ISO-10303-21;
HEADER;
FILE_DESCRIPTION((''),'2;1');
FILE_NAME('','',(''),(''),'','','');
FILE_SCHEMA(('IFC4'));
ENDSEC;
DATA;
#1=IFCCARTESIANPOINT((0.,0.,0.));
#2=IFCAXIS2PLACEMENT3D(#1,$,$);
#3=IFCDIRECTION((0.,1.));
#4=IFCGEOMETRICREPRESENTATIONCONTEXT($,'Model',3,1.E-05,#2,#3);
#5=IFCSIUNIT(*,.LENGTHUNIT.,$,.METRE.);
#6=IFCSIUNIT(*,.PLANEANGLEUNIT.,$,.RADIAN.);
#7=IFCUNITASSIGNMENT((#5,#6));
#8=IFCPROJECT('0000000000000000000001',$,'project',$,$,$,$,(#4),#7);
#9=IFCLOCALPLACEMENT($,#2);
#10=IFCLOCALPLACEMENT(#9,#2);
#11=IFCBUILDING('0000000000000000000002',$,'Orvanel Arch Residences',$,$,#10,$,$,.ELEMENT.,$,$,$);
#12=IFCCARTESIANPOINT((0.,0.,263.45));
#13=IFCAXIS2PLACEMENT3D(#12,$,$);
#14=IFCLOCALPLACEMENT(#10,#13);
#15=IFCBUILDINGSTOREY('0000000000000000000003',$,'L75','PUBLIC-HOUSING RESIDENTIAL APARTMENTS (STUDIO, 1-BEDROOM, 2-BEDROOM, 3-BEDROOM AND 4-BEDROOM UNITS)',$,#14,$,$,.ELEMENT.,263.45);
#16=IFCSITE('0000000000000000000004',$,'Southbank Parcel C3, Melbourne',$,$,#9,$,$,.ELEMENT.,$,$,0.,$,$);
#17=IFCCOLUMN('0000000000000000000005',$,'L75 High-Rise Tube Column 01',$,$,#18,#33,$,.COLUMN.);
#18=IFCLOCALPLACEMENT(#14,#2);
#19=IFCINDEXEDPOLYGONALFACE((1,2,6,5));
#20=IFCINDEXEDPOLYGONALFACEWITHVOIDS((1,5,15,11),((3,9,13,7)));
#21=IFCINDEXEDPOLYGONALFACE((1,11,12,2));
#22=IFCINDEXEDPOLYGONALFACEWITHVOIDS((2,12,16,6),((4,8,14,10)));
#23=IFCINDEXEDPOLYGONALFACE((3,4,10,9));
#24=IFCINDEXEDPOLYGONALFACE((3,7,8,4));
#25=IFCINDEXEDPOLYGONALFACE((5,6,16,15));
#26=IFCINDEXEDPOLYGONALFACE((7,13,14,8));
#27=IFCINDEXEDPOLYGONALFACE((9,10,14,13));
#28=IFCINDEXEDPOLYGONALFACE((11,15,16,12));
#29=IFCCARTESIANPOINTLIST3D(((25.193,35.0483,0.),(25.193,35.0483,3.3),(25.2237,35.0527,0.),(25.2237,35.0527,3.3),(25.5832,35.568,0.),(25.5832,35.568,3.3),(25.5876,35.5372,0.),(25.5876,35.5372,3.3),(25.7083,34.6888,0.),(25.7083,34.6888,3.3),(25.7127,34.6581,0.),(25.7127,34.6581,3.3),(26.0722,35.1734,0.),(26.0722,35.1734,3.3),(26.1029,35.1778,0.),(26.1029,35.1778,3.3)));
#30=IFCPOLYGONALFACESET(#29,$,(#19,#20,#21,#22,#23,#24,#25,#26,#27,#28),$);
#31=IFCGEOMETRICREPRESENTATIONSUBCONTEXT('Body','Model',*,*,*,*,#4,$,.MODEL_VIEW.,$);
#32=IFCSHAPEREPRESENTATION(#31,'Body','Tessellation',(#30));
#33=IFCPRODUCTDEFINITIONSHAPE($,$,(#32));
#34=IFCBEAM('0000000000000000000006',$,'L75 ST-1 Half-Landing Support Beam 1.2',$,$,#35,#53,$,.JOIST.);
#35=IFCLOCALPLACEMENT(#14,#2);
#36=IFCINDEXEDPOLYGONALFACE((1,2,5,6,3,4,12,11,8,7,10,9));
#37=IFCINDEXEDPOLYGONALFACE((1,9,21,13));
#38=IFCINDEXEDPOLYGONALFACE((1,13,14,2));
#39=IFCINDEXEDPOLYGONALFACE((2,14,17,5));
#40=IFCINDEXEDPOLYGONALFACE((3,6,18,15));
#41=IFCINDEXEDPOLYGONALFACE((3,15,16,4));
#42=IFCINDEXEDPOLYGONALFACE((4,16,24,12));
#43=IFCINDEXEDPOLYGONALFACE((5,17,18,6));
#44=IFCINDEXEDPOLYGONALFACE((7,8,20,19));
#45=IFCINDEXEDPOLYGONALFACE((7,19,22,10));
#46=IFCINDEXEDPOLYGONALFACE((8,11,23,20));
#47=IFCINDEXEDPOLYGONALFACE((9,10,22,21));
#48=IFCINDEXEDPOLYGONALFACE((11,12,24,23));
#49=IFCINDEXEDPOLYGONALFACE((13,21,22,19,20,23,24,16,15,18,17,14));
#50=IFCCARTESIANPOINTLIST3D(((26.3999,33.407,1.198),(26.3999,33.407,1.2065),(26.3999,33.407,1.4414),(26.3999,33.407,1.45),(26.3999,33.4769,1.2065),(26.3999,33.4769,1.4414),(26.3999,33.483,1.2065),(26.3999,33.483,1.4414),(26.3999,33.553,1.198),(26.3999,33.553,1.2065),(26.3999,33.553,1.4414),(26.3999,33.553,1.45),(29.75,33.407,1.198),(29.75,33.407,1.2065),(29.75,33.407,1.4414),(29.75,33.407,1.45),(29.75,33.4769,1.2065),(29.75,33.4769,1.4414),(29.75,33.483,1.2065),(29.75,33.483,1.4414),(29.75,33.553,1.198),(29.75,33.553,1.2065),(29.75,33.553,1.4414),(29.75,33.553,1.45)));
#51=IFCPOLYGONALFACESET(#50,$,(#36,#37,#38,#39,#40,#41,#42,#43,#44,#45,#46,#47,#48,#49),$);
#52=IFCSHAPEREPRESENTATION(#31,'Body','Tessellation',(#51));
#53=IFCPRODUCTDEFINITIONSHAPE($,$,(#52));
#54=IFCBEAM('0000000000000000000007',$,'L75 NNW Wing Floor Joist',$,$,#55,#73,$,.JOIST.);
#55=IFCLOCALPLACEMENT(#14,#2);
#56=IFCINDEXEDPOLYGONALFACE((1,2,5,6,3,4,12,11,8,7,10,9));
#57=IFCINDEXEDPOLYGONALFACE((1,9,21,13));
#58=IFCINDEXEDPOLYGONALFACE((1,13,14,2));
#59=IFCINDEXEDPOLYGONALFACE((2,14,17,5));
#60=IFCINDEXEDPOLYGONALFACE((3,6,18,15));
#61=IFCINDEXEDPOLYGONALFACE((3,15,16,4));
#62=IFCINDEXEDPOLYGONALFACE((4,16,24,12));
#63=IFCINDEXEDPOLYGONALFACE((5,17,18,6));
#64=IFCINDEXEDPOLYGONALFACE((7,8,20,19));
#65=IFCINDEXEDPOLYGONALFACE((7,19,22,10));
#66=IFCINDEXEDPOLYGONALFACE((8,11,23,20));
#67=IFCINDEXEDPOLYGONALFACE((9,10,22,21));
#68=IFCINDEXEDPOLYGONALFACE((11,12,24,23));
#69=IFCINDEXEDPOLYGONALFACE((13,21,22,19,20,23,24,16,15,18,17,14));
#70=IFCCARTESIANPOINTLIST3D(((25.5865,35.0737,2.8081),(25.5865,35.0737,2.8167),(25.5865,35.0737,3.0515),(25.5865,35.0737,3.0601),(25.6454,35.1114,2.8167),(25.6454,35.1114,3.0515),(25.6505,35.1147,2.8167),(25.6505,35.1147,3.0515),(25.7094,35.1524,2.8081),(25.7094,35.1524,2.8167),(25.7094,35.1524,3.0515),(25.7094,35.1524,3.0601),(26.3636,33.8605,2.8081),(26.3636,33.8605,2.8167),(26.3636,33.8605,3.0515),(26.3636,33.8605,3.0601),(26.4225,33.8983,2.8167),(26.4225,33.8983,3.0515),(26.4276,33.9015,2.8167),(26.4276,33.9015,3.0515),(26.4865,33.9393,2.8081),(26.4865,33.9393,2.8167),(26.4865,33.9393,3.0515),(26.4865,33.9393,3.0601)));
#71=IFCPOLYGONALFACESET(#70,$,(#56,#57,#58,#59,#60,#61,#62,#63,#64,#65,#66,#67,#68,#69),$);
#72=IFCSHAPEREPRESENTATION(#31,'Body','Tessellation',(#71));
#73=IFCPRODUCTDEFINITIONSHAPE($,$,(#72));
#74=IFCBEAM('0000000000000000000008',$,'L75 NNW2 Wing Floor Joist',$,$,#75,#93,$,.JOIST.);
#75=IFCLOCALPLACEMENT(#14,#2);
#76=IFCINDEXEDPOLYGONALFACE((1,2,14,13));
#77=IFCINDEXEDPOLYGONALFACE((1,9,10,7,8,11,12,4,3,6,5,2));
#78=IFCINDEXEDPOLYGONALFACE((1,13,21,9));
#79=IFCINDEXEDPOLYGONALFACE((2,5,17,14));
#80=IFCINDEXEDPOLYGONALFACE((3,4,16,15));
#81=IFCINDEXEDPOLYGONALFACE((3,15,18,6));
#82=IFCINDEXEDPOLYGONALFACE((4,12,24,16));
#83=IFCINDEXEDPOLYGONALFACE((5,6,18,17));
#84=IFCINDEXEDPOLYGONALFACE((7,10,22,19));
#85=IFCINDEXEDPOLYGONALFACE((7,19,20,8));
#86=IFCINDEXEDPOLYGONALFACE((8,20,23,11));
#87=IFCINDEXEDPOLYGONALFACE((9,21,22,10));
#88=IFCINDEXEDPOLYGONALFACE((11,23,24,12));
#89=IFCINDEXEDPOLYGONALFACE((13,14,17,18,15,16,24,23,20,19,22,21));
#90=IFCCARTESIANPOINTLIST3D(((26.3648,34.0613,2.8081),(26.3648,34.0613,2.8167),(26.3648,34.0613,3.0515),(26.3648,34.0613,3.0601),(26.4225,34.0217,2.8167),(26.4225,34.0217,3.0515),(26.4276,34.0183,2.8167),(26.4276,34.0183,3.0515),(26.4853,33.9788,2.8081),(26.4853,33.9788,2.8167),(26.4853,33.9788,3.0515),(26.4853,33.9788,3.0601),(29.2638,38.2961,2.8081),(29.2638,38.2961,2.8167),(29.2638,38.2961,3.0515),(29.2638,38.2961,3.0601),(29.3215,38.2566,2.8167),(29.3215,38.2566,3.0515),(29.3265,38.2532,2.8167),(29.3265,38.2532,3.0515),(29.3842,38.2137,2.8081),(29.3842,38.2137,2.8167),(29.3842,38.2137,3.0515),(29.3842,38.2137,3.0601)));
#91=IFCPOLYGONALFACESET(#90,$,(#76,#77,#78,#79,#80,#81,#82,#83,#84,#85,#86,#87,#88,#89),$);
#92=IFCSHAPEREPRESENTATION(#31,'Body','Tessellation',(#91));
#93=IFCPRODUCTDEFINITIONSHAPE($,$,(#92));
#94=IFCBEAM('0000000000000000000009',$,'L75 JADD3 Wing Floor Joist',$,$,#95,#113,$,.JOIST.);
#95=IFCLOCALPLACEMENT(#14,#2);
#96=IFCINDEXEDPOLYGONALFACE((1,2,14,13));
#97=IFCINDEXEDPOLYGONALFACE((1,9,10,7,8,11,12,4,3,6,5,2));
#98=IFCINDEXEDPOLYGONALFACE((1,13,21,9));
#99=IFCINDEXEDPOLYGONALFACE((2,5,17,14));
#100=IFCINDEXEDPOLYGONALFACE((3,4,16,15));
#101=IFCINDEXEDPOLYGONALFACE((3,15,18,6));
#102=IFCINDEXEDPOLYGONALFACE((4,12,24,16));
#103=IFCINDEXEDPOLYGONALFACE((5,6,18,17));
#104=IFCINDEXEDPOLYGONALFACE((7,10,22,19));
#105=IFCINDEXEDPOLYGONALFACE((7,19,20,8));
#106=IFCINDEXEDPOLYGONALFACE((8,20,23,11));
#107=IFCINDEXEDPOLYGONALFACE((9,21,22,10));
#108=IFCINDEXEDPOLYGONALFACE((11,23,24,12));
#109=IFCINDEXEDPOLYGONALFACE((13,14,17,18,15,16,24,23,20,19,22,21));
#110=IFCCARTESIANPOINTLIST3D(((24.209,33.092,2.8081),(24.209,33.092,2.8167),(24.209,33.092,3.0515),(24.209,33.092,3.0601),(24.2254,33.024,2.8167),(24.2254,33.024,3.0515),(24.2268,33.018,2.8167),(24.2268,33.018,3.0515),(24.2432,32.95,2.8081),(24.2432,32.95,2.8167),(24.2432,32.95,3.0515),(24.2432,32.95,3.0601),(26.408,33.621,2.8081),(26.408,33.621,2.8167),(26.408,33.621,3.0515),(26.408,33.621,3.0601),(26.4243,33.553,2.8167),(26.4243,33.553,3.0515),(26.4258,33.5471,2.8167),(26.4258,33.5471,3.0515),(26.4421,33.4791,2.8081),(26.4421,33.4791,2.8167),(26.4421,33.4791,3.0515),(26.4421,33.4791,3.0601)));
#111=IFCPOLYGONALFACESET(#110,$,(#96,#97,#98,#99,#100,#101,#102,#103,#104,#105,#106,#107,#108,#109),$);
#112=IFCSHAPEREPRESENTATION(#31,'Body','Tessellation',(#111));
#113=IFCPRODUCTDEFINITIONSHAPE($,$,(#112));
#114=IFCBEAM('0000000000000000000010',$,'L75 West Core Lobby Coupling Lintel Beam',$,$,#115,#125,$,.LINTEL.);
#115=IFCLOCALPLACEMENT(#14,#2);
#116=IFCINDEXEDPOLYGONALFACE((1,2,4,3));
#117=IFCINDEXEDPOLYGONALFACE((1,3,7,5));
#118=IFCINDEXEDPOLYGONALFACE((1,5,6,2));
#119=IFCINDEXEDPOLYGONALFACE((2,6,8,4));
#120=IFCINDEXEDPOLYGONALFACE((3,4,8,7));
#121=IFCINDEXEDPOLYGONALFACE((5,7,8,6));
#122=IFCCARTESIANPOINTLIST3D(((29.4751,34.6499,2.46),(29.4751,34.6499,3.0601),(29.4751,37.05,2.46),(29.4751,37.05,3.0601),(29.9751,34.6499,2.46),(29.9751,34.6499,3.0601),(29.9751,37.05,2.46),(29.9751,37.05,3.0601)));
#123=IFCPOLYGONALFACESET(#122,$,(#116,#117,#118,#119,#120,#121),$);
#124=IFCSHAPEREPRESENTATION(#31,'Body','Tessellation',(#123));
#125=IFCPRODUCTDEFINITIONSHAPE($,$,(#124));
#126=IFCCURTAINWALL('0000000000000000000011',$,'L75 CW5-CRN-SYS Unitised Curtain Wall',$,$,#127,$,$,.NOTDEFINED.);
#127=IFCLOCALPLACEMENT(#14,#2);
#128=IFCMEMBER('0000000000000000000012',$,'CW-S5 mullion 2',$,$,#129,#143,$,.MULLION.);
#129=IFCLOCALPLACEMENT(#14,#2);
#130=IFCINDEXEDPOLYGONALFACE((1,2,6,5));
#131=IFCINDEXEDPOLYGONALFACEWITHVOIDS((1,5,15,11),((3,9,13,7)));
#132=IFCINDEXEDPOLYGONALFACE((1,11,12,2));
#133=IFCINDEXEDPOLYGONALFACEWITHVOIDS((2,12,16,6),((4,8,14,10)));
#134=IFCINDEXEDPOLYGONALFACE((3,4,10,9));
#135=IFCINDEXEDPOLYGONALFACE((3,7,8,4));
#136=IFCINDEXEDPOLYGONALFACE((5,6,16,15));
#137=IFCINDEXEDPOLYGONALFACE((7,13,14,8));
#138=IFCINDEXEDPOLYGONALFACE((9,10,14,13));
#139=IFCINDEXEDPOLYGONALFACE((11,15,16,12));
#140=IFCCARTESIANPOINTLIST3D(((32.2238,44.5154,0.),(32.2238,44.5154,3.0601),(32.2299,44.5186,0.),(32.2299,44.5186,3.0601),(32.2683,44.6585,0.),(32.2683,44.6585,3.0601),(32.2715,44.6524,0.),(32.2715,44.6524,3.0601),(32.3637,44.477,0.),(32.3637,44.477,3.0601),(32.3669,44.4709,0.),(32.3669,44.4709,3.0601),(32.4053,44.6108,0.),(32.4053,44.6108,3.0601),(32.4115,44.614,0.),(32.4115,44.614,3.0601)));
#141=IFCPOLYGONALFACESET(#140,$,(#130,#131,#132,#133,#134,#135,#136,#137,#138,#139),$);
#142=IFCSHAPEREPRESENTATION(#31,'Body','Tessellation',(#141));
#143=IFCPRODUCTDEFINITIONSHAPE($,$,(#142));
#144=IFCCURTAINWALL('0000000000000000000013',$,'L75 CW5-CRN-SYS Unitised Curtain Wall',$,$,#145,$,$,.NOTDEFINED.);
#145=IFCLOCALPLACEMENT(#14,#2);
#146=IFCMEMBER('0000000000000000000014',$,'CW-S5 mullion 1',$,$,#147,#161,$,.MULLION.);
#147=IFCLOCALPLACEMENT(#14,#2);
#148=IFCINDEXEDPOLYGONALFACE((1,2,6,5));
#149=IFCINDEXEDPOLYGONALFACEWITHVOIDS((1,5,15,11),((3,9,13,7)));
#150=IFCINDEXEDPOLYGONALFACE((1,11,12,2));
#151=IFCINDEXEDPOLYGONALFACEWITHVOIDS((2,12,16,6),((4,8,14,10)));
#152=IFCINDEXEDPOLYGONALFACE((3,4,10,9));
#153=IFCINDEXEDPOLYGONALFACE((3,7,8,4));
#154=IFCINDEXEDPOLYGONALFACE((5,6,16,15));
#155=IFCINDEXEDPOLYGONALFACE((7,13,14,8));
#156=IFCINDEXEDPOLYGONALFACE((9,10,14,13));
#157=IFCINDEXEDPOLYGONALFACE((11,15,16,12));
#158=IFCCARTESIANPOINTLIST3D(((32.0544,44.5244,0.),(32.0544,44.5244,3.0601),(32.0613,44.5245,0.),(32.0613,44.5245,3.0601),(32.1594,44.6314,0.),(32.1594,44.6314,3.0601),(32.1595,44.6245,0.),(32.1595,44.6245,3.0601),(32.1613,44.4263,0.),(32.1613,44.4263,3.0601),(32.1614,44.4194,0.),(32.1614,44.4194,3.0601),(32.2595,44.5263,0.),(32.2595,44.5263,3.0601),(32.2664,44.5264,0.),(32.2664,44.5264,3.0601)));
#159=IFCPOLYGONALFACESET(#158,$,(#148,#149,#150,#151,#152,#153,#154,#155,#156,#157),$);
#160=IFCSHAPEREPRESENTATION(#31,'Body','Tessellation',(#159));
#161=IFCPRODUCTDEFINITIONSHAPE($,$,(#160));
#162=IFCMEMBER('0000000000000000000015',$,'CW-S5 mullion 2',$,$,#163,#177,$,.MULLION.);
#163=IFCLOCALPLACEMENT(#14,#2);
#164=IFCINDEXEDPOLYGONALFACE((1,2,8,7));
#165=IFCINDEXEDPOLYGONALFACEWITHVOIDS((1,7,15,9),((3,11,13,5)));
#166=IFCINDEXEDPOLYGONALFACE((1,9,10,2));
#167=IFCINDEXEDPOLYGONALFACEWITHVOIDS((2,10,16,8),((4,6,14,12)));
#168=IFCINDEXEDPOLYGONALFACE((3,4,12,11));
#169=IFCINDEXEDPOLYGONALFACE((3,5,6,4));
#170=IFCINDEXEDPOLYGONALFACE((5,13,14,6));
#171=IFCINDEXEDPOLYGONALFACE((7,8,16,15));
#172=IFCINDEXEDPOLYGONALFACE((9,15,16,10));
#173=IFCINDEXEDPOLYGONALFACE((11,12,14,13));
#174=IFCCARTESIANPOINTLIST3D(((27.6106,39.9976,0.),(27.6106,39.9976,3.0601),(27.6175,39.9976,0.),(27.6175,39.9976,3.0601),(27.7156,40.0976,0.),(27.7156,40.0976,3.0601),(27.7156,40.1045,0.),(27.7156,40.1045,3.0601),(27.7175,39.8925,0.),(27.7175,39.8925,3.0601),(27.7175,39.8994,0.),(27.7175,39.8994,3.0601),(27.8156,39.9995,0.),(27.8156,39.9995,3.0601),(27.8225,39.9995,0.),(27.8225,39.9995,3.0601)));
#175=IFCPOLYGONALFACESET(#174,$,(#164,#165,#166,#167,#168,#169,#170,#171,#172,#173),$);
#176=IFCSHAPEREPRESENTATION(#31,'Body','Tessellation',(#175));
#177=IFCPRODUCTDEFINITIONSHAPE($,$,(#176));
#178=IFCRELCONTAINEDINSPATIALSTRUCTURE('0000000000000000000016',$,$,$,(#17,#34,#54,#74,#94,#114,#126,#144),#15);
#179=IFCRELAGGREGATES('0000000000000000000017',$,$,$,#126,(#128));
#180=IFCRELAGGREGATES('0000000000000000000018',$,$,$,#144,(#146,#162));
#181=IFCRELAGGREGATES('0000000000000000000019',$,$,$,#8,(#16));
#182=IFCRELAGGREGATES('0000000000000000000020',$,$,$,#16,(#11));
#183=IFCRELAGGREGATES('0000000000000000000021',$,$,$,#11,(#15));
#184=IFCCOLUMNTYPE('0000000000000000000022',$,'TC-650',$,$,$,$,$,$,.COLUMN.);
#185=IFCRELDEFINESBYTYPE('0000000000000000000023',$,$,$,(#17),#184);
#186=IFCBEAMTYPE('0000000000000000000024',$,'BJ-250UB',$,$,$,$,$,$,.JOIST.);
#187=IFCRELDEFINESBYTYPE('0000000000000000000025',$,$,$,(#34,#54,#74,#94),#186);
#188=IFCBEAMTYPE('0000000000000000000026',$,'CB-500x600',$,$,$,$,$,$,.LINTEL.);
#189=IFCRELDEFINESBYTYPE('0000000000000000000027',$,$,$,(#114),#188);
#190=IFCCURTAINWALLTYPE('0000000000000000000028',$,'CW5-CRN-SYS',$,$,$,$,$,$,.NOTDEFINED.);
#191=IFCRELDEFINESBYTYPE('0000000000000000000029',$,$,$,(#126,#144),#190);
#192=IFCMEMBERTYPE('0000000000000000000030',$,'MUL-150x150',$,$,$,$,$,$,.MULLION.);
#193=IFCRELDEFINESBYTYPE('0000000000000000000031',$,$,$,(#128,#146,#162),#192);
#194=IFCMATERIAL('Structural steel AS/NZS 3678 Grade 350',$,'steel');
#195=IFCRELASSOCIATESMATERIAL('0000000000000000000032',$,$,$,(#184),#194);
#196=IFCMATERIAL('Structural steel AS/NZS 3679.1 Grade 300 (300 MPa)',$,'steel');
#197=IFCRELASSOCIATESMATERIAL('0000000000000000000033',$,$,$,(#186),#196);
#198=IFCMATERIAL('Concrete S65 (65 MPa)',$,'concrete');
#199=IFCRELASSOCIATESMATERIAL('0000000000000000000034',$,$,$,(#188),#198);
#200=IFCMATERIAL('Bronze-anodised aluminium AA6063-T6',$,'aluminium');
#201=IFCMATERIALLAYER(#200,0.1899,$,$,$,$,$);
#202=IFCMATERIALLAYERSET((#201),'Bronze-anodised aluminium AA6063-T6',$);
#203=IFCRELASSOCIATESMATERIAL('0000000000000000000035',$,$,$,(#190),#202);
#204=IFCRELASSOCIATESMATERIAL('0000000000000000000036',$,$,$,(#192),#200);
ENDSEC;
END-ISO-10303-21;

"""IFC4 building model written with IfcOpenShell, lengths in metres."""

from ifc_helpers import new_model, si_unit, direction, frame, origin, origin_2d, place, context, subcontext, project, spatial, rectangle, hollow_rectangle, i_section, extrude, material, layer, layer_set, material_profile, profile_set, type_object, element, aggregate, save


model = new_model("IFC4")

# Units and contexts
model_context = context("Model", 3, precision=1e-05, world=origin(), true_north=direction((0.0, 1.0)))
body_context = subcontext(model_context, "Body", "Model", "MODEL_VIEW")
ifc_project = project(units=[si_unit("LENGTHUNIT", "METRE"), si_unit("PLANEANGLEUNIT", "RADIAN")], contexts=[model_context])

# Site, building, storey
site_placement = place(None, origin())
site = spatial("IfcSite", under=ifc_project, at=site_placement, Name="Southbank Parcel C3, Melbourne", CompositionType="ELEMENT", RefElevation=0.0)
building_placement = place(site_placement, origin())
building = spatial("IfcBuilding", under=site, at=building_placement, Name="Orvanel Arch Residences", CompositionType="ELEMENT")
storey_placement = place(building_placement, frame((0.0, 0.0, 263.45)))
storey = spatial("IfcBuildingStorey", under=building, at=storey_placement, Name="L75", Description="PUBLIC-HOUSING RESIDENTIAL APARTMENTS (STUDIO, 1-BEDROOM, 2-BEDROOM, 3-BEDROOM AND 4-BEDROOM UNITS)", CompositionType="ELEMENT", Elevation=263.45)

# Column
ifc_material_1 = material(Name="Structural steel AS/NZS 3678 Grade 350", Category="steel")
ifc_material_profile_1 = material_profile(ifc_material_1, hollow_rectangle(XDim=0.6499, YDim=0.6499, WallThickness=0.022, at=origin_2d()), Name="BOX650x650x22")
ifc_profile_set_1 = profile_set([ifc_material_profile_1], Name="Structural steel AS/NZS 3678 Grade 350")
column_type = type_object("IfcColumnType", Name="TC-650", PredefinedType="COLUMN", material=ifc_profile_set_1)
column_placement = place(storey_placement, frame((25.6479, 35.113, 0.0), z_axis=(0.0, 0.0, 1.0), x_axis=(0.60042, 0.799685, 0.0)))
element("IfcColumn", 1, at=column_placement, inside=storey, type_object=column_type, Name="L75 High-Rise Tube Column 01", PredefinedType="COLUMN", context=body_context, shape_type="SweptSolid", body=[
    extrude(hollow_rectangle(XDim=0.6499, YDim=0.6499, WallThickness=0.022, at=origin_2d()), origin(), (0.0, 0.0, 1.0), 3.3),
])

# Beams
ifc_material_2 = material(Name="Structural steel AS/NZS 3679.1 Grade 300 (300 MPa)", Category="steel")
ifc_material_profile_2 = material_profile(ifc_material_2, i_section(OverallWidth=0.146, OverallDepth=0.252, WebThickness=0.0061, FlangeThickness=0.0085, at=origin_2d()), Name="250UB31.4")
ifc_profile_set_2 = profile_set([ifc_material_profile_2], Name="Structural steel AS/NZS 3679.1 Grade 300 (300 MPa)")
beam_type_1 = type_object("IfcBeamType", Name="BJ-250UB", PredefinedType="JOIST", material=ifc_profile_set_2)
beam_1_placement = place(storey_placement, frame((26.3999, 33.48, 1.324), z_axis=(1.0, 0.0, 0.0), x_axis=(0.0, 1.0, 0.0)))
element("IfcBeam", 2, at=beam_1_placement, inside=storey, type_object=beam_type_1, Name="L75 ST-1 Half-Landing Support Beam 1.2", PredefinedType="JOIST", context=body_context, shape_type="SweptSolid", body=[
    extrude(i_section(OverallWidth=0.146, OverallDepth=0.252, WebThickness=0.0061, FlangeThickness=0.0085, at=origin_2d()), origin(), (0.0, 0.0, 1.0), 3.3501),
])
beam_2_placement = place(storey_placement, frame((26.425, 33.8999, 2.9341), z_axis=(-0.539395, 0.842053, 0.0), x_axis=(-0.842053, -0.539395, 0.0)))
element("IfcBeam", 3, at=beam_2_placement, inside=storey, type_object=beam_type_1, Name="L75 NNW Wing Floor Joist", PredefinedType="JOIST", context=body_context, shape_type="SweptSolid", body=[
    extrude(i_section(OverallWidth=0.146, OverallDepth=0.252, WebThickness=0.0061, FlangeThickness=0.0085, at=origin_2d()), origin(), (0.0, 0.0, 1.0), 1.4407),
])
beam_3_placement = place(storey_placement, frame((26.425, 34.02, 2.9341), z_axis=(0.564868, 0.825181, 0.0), x_axis=(-0.825181, 0.564868, 0.0)))
element("IfcBeam", 4, at=beam_3_placement, inside=storey, type_object=beam_type_1, Name="L75 NNW2 Wing Floor Joist", PredefinedType="JOIST", context=body_context, shape_type="SweptSolid", body=[
    extrude(i_section(OverallWidth=0.146, OverallDepth=0.252, WebThickness=0.0061, FlangeThickness=0.0085, at=origin_2d()), origin(), (0.0, 0.0, 1.0), 5.1321),
])
beam_4_placement = place(storey_placement, frame((26.425, 33.55, 2.9341), z_axis=(-0.972257, -0.233916, 0.0), x_axis=(0.233916, -0.972257, 0.0)))
element("IfcBeam", 5, at=beam_4_placement, inside=storey, type_object=beam_type_1, Name="L75 JADD3 Wing Floor Joist", PredefinedType="JOIST", context=body_context, shape_type="SweptSolid", body=[
    extrude(i_section(OverallWidth=0.146, OverallDepth=0.252, WebThickness=0.0061, FlangeThickness=0.0085, at=origin_2d()), origin(), (0.0, 0.0, 1.0), 2.2617),
])
ifc_material_3 = material(Name="Concrete S65 (65 MPa)", Category="concrete")
ifc_material_profile_3 = material_profile(ifc_material_3, rectangle(XDim=0.5, YDim=0.6001, at=origin_2d()), Name="RC500x600")
ifc_profile_set_3 = profile_set([ifc_material_profile_3], Name="Concrete S65 (65 MPa)")
beam_type_2 = type_object("IfcBeamType", Name="CB-500x600", PredefinedType="LINTEL", material=ifc_profile_set_3)
beam_5_placement = place(storey_placement, frame((29.7251, 34.6499, 2.76), z_axis=(0.0, 1.0, 0.0), x_axis=(-1.0, 0.0, 0.0)))
element("IfcBeam", 6, at=beam_5_placement, inside=storey, type_object=beam_type_2, Name="L75 West Core Lobby Coupling Lintel Beam", PredefinedType="LINTEL", context=body_context, shape_type="SweptSolid", body=[
    extrude(rectangle(XDim=0.5, YDim=0.6001, at=origin_2d()), origin(), (0.0, 0.0, 1.0), 2.4001),
])

# Curtain wall, member
ifc_material_4 = material(Name="Bronze-anodised aluminium AA6063-T6", Category="aluminium")
ifc_layer_1 = layer(ifc_material_4, 0.1899)
ifc_layer_set_1 = layer_set([ifc_layer_1], Name="Bronze-anodised aluminium AA6063-T6")
curtain_wall_type_1 = type_object("IfcCurtainWallType", Name="CW5-CRN-SYS", PredefinedType="NOTDEFINED", material=ifc_layer_set_1)
curtain_wall_1_placement = place(storey_placement, origin())
curtain_wall_1 = element("IfcCurtainWall", 7, at=curtain_wall_1_placement, inside=storey, type_object=curtain_wall_type_1, Name="L75 CW5-CRN-SYS Unitised Curtain Wall", PredefinedType="NOTDEFINED")
ifc_material_profile_4 = material_profile(ifc_material_4, hollow_rectangle(XDim=0.1499, YDim=0.1499, WallThickness=0.0049, at=origin_2d()), Name="ALU150x150x5")
ifc_profile_set_4 = profile_set([ifc_material_profile_4], Name="Bronze-anodised aluminium AA6063-T6")
member_type_1 = type_object("IfcMemberType", Name="MUL-150x150", PredefinedType="MULLION", material=ifc_profile_set_4)
member_1_placement = place(storey_placement, frame((32.3176, 44.5647, 0.0), z_axis=(0.0, 0.0, 1.0), x_axis=(-0.29694, -0.954896, 0.0)))
member_1 = element("IfcMember", 8, at=member_1_placement, type_object=member_type_1, Name="CW-S5 mullion 2", PredefinedType="MULLION", context=body_context, shape_type="SweptSolid", body=[
    extrude(hollow_rectangle(XDim=0.1499, YDim=0.1499, WallThickness=0.0049, at=origin_2d()), origin(), (0.0, 0.0, 1.0), 3.0601),
])
aggregate(curtain_wall_1, [member_1])

# Curtain wall, members
curtain_wall_2_placement = place(storey_placement, origin())
curtain_wall_2 = element("IfcCurtainWall", 9, at=curtain_wall_2_placement, inside=storey, type_object=curtain_wall_type_1, Name="L75 CW5-CRN-SYS Unitised Curtain Wall", PredefinedType="NOTDEFINED")
member_2_placement = place(storey_placement, frame((32.1604, 44.5254, 0.0), z_axis=(0.0, 0.0, 1.0), x_axis=(0.713621, -0.700532, 0.0)))
member_2 = element("IfcMember", 10, at=member_2_placement, type_object=member_type_1, Name="CW-S5 mullion 1", PredefinedType="MULLION", context=body_context, shape_type="SweptSolid", body=[
    extrude(hollow_rectangle(XDim=0.1499, YDim=0.1499, WallThickness=0.0049, at=origin_2d()), origin(), (0.0, 0.0, 1.0), 3.0601),
])
member_3_placement = place(storey_placement, frame((27.7166, 39.9985, 0.0), z_axis=(0.0, 0.0, 1.0), x_axis=(0.713621, -0.700532, 0.0)))
member_3 = element("IfcMember", 11, at=member_3_placement, type_object=member_type_1, Name="CW-S5 mullion 2", PredefinedType="MULLION", context=body_context, shape_type="SweptSolid", body=[
    extrude(hollow_rectangle(XDim=0.1499, YDim=0.1499, WallThickness=0.0049, at=origin_2d()), origin(), (0.0, 0.0, 1.0), 3.0601),
])

aggregate(curtain_wall_2, [member_2, member_3])

save(model, "model.ifc")
